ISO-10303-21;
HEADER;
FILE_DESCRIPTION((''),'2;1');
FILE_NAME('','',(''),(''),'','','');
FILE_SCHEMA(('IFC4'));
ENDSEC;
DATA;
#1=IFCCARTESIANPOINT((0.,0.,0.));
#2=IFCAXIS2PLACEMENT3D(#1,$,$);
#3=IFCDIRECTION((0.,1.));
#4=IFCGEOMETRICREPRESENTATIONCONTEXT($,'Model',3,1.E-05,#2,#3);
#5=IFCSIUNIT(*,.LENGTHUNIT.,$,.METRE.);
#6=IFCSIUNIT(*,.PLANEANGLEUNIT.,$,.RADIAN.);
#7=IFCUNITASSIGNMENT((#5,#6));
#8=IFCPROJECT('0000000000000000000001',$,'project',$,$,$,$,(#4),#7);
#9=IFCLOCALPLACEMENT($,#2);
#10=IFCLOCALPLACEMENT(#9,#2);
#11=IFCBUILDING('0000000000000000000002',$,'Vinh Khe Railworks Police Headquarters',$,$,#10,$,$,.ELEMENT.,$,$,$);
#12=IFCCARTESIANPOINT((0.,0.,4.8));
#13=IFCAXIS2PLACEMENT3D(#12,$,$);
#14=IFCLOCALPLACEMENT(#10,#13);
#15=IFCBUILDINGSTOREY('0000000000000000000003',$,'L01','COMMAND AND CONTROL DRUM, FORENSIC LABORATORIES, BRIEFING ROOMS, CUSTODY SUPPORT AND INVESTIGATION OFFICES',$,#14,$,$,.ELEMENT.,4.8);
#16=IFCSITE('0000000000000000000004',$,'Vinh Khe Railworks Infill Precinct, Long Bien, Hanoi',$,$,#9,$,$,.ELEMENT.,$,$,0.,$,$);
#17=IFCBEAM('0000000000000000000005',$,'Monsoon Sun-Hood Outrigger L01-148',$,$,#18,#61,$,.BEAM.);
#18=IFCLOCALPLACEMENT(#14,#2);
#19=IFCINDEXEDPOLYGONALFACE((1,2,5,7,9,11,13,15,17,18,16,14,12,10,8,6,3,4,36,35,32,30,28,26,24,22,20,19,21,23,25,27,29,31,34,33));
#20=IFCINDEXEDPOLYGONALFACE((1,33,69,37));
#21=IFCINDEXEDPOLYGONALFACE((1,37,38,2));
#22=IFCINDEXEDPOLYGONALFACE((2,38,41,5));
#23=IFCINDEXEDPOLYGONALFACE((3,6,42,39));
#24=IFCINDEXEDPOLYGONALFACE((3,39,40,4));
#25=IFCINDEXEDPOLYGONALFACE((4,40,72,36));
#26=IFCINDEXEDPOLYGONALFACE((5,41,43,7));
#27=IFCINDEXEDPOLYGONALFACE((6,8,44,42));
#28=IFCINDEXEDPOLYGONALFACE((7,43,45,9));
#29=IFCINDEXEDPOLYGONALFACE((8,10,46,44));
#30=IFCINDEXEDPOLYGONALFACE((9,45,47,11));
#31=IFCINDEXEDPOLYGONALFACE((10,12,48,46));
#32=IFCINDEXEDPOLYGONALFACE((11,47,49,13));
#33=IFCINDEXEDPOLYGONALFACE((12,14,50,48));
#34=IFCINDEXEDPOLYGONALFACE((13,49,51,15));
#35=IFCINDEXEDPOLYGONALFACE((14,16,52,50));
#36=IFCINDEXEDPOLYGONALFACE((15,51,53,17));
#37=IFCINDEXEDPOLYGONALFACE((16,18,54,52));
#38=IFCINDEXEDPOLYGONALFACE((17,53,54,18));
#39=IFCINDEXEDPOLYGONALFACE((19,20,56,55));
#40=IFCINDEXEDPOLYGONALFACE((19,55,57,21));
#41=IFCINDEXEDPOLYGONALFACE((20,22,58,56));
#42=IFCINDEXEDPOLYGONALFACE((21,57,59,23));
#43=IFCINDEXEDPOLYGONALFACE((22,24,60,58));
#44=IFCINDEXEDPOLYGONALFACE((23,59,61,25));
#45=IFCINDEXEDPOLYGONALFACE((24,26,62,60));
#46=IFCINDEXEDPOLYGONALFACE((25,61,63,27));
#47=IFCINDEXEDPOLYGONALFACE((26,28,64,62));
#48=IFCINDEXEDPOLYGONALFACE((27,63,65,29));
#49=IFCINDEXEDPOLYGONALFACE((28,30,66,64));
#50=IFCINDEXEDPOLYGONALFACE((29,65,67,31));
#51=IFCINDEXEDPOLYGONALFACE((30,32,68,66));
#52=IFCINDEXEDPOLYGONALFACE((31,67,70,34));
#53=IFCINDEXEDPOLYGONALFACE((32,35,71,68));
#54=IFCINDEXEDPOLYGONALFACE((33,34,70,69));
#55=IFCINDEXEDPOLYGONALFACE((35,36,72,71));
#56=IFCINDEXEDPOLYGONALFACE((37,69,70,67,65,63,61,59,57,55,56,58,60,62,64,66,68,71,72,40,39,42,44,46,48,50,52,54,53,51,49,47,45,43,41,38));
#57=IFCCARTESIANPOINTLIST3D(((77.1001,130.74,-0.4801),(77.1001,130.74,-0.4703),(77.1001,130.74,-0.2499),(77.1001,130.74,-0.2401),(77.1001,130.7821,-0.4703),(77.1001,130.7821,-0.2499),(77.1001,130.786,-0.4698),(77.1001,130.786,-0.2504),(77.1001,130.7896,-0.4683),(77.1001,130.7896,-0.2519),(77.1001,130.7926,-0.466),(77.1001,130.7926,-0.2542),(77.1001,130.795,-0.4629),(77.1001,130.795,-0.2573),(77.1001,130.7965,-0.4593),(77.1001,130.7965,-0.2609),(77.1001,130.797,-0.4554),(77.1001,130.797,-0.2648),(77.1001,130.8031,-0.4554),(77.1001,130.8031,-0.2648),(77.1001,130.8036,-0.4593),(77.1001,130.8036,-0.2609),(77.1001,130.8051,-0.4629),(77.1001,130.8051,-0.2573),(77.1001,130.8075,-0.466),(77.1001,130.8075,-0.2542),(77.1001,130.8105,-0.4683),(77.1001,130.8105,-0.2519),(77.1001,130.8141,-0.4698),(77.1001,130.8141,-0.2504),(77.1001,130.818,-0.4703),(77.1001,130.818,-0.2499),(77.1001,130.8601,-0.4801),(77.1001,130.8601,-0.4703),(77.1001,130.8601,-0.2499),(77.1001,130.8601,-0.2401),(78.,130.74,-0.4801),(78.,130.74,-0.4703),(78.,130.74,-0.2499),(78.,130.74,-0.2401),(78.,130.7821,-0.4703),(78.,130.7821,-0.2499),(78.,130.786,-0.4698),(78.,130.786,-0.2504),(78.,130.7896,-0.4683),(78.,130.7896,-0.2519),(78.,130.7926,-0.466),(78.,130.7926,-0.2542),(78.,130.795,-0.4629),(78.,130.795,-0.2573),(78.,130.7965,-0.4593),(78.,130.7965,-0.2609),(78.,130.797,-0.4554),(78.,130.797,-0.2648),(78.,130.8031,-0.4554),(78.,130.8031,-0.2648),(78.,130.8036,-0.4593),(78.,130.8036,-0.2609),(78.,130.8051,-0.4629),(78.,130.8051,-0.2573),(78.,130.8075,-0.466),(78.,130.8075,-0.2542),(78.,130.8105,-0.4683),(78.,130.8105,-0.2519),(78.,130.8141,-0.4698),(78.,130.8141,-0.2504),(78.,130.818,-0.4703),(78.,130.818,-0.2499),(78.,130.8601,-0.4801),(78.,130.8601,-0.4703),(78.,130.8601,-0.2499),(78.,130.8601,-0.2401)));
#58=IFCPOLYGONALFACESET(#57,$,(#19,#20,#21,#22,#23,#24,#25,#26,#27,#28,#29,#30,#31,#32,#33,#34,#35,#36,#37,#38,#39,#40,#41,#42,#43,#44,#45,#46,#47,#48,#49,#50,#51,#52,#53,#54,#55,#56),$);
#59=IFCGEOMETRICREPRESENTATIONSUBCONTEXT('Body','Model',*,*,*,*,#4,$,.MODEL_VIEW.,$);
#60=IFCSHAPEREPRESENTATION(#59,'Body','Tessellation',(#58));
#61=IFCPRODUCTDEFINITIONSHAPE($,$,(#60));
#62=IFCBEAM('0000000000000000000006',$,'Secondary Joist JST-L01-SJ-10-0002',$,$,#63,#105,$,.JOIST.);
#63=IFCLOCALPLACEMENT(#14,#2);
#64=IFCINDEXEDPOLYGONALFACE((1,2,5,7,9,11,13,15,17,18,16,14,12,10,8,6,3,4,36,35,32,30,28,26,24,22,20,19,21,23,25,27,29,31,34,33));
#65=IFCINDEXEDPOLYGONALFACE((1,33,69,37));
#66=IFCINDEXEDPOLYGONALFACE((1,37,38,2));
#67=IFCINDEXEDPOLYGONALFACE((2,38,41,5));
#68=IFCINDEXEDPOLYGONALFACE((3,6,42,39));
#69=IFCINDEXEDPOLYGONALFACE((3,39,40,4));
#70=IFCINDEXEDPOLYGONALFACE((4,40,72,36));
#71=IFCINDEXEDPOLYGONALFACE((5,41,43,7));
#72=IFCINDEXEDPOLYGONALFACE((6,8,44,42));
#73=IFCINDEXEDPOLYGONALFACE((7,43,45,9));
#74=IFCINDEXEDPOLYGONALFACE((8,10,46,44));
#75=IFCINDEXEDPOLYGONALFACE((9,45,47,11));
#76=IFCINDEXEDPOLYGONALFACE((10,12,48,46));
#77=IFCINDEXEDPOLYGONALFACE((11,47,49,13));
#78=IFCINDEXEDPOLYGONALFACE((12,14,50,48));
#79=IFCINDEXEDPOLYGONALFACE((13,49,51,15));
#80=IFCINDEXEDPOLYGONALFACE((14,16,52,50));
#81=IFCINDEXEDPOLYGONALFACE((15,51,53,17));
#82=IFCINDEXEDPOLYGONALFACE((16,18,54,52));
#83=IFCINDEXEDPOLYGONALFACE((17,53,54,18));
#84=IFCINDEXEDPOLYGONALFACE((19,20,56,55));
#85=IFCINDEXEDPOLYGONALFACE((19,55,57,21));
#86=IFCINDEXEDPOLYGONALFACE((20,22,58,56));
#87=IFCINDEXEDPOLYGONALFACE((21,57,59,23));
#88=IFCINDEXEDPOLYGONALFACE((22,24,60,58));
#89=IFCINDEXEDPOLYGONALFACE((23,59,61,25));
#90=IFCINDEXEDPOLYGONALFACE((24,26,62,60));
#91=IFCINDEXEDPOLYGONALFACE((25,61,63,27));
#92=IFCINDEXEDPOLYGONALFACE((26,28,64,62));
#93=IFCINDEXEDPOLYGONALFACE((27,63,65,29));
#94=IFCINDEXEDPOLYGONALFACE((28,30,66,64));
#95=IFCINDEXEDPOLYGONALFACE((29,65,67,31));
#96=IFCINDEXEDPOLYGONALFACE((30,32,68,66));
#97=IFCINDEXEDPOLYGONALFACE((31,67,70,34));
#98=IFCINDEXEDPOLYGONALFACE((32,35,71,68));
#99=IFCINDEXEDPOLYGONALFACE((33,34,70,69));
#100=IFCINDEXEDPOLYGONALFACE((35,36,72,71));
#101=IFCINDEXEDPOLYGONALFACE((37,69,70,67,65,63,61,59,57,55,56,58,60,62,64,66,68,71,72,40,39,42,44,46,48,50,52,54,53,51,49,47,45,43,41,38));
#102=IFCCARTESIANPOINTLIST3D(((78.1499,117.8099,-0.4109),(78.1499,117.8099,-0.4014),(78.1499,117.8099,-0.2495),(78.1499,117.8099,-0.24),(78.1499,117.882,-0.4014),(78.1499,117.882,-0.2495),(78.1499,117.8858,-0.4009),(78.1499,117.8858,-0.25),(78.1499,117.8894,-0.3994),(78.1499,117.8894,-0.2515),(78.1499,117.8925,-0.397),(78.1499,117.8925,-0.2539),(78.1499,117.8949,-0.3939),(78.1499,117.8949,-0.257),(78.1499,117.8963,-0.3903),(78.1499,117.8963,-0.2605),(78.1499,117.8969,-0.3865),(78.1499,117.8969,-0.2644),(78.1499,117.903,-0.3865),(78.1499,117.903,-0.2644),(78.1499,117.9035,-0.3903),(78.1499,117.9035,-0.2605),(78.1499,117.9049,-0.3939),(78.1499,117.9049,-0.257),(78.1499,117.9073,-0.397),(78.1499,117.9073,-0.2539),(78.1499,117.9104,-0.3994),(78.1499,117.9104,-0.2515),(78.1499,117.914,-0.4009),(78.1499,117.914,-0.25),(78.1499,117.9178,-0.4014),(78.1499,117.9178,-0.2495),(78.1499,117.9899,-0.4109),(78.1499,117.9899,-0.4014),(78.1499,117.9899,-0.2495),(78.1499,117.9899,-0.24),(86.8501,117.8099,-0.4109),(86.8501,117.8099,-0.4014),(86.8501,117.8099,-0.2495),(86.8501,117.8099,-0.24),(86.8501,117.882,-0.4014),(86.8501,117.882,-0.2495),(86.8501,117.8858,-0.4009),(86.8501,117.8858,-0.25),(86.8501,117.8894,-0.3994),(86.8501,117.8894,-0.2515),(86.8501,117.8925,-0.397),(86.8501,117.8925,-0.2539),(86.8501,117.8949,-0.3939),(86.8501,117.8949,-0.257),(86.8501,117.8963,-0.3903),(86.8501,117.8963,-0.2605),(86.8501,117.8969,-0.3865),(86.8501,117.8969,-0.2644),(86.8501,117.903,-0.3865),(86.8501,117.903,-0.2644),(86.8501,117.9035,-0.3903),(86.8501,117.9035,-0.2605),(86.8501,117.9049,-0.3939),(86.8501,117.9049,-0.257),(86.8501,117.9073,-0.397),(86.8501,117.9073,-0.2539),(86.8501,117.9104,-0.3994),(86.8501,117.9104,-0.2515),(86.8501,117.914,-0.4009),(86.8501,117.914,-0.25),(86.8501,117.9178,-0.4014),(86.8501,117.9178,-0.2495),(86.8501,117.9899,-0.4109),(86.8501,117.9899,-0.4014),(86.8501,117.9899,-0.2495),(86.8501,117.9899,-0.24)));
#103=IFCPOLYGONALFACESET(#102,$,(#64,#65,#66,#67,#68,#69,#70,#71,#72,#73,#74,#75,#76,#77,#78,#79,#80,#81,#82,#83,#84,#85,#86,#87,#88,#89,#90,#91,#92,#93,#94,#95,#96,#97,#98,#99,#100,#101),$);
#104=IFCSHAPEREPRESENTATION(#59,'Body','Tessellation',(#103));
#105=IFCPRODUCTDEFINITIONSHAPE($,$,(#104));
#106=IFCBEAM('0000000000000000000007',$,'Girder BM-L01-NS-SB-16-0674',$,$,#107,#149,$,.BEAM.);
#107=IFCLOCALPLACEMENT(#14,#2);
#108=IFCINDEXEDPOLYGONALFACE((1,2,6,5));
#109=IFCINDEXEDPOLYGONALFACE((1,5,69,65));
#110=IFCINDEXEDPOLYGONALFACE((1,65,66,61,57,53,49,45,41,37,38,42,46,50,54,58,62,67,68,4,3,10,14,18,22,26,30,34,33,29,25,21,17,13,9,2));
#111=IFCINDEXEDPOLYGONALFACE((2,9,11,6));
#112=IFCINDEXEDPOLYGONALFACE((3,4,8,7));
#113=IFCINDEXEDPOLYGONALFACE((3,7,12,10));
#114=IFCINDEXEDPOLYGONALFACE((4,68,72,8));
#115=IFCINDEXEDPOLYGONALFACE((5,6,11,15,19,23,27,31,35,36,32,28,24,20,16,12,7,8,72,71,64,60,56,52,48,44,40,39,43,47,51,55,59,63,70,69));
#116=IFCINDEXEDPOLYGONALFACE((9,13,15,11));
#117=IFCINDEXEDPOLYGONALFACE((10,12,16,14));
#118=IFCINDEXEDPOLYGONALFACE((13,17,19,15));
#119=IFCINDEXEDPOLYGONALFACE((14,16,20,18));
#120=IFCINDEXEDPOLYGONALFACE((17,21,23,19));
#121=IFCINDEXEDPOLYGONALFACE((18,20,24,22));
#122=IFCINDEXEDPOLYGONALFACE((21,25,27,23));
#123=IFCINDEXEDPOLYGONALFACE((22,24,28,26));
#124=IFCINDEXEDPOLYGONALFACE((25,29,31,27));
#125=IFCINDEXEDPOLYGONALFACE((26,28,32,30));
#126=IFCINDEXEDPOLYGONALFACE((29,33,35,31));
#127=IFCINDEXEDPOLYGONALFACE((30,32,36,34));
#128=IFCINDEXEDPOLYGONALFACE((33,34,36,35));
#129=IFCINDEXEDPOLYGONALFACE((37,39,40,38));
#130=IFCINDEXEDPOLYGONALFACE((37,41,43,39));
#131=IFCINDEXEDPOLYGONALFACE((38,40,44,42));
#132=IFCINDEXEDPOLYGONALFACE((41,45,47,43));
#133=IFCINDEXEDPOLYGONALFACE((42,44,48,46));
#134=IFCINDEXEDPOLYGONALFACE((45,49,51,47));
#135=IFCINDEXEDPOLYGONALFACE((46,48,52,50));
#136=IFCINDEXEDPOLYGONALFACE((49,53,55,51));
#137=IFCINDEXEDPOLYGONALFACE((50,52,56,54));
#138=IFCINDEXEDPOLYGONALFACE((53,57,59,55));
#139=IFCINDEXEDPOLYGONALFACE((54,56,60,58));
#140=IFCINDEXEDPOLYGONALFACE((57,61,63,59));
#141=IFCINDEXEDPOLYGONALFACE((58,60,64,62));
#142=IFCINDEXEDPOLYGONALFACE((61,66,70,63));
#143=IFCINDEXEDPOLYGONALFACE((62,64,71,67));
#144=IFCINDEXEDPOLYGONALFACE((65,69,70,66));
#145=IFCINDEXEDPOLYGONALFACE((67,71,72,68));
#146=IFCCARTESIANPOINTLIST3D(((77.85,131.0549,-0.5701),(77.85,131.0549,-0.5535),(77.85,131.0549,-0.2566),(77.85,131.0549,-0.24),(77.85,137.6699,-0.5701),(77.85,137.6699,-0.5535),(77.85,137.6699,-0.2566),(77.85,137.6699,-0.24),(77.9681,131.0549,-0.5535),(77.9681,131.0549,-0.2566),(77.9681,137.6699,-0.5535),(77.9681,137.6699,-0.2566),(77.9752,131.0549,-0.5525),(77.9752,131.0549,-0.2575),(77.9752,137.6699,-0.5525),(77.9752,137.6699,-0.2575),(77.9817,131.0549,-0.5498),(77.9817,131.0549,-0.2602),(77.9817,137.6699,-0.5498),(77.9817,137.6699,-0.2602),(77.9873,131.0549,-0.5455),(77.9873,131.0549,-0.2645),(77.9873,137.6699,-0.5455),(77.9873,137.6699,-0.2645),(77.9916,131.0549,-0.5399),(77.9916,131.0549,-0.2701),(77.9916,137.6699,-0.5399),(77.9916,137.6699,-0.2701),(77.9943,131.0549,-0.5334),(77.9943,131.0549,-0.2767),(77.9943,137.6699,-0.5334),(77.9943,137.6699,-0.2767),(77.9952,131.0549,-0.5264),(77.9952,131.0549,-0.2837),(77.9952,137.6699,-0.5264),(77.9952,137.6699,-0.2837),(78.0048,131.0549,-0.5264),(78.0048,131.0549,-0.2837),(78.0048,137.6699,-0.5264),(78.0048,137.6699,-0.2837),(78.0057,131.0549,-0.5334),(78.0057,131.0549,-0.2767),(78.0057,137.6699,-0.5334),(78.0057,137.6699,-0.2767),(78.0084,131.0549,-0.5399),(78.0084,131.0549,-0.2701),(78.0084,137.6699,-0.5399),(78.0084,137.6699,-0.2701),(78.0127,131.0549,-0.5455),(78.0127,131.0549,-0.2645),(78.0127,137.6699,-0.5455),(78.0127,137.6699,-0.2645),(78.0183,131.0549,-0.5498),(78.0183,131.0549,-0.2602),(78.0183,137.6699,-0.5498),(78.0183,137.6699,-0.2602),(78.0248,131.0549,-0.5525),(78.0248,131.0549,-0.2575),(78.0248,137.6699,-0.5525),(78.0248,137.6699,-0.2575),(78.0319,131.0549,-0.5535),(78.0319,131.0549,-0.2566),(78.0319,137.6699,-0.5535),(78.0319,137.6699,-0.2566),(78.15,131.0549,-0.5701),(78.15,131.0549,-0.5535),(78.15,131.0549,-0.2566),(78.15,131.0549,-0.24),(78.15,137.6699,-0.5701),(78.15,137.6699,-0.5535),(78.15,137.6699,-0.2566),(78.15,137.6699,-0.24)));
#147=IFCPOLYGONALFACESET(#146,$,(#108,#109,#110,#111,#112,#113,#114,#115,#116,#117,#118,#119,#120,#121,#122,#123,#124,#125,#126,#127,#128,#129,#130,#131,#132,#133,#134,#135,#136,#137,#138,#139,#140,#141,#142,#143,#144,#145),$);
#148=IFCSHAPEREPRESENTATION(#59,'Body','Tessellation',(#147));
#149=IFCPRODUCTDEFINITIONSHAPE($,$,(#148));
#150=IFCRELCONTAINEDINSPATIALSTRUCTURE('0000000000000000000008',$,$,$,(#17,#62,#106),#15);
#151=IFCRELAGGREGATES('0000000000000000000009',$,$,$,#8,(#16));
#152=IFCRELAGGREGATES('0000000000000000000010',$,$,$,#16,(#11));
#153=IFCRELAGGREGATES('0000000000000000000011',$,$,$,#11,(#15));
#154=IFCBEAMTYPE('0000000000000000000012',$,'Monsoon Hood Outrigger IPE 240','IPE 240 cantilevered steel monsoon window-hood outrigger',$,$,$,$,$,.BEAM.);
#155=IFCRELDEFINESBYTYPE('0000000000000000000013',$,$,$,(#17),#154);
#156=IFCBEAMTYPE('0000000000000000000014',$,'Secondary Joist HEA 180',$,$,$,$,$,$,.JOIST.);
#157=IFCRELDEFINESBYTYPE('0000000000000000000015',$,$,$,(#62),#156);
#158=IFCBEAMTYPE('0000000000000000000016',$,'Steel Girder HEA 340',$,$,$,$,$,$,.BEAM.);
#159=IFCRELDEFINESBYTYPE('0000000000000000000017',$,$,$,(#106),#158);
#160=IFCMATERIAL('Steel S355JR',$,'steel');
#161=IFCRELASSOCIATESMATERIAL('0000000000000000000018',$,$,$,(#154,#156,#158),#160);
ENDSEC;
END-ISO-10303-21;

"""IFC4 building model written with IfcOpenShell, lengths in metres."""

from ifc_helpers import new_model, si_unit, direction, frame, origin, origin_2d, place, context, subcontext, project, spatial, i_section, extrude, material, material_profile, profile_set, type_object, element, save


model = new_model("IFC4")

# Units and contexts
model_context = context("Model", 3, precision=1e-05, world=origin(), true_north=direction((0.0, 1.0)))
body_context = subcontext(model_context, "Body", "Model", "MODEL_VIEW")
ifc_project = project(units=[si_unit("LENGTHUNIT", "METRE"), si_unit("PLANEANGLEUNIT", "RADIAN")], contexts=[model_context])

# Site, building, storey
site_placement = place(None, origin())
site = spatial("IfcSite", under=ifc_project, at=site_placement, Name="Vinh Khe Railworks Infill Precinct, Long Bien, Hanoi", CompositionType="ELEMENT", RefElevation=0.0)
building_placement = place(site_placement, origin())
building = spatial("IfcBuilding", under=site, at=building_placement, Name="Vinh Khe Railworks Police Headquarters", CompositionType="ELEMENT")
storey_placement = place(building_placement, frame((0.0, 0.0, 4.8)))
storey = spatial("IfcBuildingStorey", under=building, at=storey_placement, Name="L01", Description="COMMAND AND CONTROL DRUM, FORENSIC LABORATORIES, BRIEFING ROOMS, CUSTODY SUPPORT AND INVESTIGATION OFFICES", CompositionType="ELEMENT", Elevation=4.8)

# Shared definitions
ifc_material_1 = material(Name="Steel S355JR", Category="steel")

# Beams
ifc_material_profile_1 = material_profile(ifc_material_1, i_section(OverallWidth=0.1201, OverallDepth=0.24, WebThickness=0.0061, FlangeThickness=0.0098, FilletRadius=0.0149, at=origin_2d()), Name="IPE 240")
ifc_profile_set_1 = profile_set([ifc_material_profile_1], Name="Steel S355JR")
beam_type_1 = type_object("IfcBeamType", Name="Monsoon Hood Outrigger IPE 240", Description="IPE 240 cantilevered steel monsoon window-hood outrigger", PredefinedType="BEAM", material=ifc_profile_set_1)
for number, where, z_axis, x_axis, name in (
    (1, (77.1001, 130.8, -0.3601), (1.0, 0.0, 0.0), (0.0, 1.0, 0.0), "Monsoon Sun-Hood Outrigger L01-148"),
):
    element("IfcBeam", number, at=place(storey_placement, frame(where, z_axis=z_axis, x_axis=x_axis)), inside=storey, type_object=beam_type_1, Name=name, PredefinedType="BEAM", context=body_context, shape_type="SweptSolid", body=[
        extrude(i_section(OverallWidth=0.1201, OverallDepth=0.24, WebThickness=0.0061, FlangeThickness=0.0098, FilletRadius=0.0149, at=origin_2d()), origin(), (0.0, 0.0, 1.0), 0.8999),
    ])
ifc_material_profile_2 = material_profile(ifc_material_1, i_section(OverallWidth=0.1799, OverallDepth=0.1709, WebThickness=0.0061, FlangeThickness=0.0095, FilletRadius=0.0149, at=origin_2d()), Name="HEA 180")
ifc_profile_set_2 = profile_set([ifc_material_profile_2], Name="Steel S355JR")
beam_type_2 = type_object("IfcBeamType", Name="Secondary Joist HEA 180", PredefinedType="JOIST", material=ifc_profile_set_2)
beam_1_placement = place(storey_placement, frame((78.1499, 117.8999, -0.3254), z_axis=(1.0, 0.0, 0.0), x_axis=(0.0, 1.0, 0.0)))
element("IfcBeam", 2, at=beam_1_placement, inside=storey, type_object=beam_type_2, Name="Secondary Joist JST-L01-SJ-10-0002", PredefinedType="JOIST", context=body_context, shape_type="SweptSolid", body=[
    extrude(i_section(OverallWidth=0.1799, OverallDepth=0.1709, WebThickness=0.0061, FlangeThickness=0.0095, FilletRadius=0.0149, at=origin_2d()), origin(), (0.0, 0.0, 1.0), 8.7002),
])
ifc_material_profile_3 = material_profile(ifc_material_1, i_section(OverallWidth=0.3, OverallDepth=0.3301, WebThickness=0.0095, FlangeThickness=0.0166, FilletRadius=0.0271, at=origin_2d()), Name="HEA 340")
ifc_profile_set_3 = profile_set([ifc_material_profile_3], Name="Steel S355JR")
beam_type_3 = type_object("IfcBeamType", Name="Steel Girder HEA 340", PredefinedType="BEAM", material=ifc_profile_set_3)
beam_2_placement = place(storey_placement, frame((78.0, 131.0549, -0.405), z_axis=(0.0, 1.0, 0.0), x_axis=(-1.0, 0.0, 0.0)))
element("IfcBeam", 3, at=beam_2_placement, inside=storey, type_object=beam_type_3, Name="Girder BM-L01-NS-SB-16-0674", PredefinedType="BEAM", context=body_context, shape_type="SweptSolid", body=[
    extrude(i_section(OverallWidth=0.3, OverallDepth=0.3301, WebThickness=0.0095, FlangeThickness=0.0166, FilletRadius=0.0271, at=origin_2d()), origin(), (0.0, 0.0, 1.0), 6.615),
])

save(model, "model.ifc")
